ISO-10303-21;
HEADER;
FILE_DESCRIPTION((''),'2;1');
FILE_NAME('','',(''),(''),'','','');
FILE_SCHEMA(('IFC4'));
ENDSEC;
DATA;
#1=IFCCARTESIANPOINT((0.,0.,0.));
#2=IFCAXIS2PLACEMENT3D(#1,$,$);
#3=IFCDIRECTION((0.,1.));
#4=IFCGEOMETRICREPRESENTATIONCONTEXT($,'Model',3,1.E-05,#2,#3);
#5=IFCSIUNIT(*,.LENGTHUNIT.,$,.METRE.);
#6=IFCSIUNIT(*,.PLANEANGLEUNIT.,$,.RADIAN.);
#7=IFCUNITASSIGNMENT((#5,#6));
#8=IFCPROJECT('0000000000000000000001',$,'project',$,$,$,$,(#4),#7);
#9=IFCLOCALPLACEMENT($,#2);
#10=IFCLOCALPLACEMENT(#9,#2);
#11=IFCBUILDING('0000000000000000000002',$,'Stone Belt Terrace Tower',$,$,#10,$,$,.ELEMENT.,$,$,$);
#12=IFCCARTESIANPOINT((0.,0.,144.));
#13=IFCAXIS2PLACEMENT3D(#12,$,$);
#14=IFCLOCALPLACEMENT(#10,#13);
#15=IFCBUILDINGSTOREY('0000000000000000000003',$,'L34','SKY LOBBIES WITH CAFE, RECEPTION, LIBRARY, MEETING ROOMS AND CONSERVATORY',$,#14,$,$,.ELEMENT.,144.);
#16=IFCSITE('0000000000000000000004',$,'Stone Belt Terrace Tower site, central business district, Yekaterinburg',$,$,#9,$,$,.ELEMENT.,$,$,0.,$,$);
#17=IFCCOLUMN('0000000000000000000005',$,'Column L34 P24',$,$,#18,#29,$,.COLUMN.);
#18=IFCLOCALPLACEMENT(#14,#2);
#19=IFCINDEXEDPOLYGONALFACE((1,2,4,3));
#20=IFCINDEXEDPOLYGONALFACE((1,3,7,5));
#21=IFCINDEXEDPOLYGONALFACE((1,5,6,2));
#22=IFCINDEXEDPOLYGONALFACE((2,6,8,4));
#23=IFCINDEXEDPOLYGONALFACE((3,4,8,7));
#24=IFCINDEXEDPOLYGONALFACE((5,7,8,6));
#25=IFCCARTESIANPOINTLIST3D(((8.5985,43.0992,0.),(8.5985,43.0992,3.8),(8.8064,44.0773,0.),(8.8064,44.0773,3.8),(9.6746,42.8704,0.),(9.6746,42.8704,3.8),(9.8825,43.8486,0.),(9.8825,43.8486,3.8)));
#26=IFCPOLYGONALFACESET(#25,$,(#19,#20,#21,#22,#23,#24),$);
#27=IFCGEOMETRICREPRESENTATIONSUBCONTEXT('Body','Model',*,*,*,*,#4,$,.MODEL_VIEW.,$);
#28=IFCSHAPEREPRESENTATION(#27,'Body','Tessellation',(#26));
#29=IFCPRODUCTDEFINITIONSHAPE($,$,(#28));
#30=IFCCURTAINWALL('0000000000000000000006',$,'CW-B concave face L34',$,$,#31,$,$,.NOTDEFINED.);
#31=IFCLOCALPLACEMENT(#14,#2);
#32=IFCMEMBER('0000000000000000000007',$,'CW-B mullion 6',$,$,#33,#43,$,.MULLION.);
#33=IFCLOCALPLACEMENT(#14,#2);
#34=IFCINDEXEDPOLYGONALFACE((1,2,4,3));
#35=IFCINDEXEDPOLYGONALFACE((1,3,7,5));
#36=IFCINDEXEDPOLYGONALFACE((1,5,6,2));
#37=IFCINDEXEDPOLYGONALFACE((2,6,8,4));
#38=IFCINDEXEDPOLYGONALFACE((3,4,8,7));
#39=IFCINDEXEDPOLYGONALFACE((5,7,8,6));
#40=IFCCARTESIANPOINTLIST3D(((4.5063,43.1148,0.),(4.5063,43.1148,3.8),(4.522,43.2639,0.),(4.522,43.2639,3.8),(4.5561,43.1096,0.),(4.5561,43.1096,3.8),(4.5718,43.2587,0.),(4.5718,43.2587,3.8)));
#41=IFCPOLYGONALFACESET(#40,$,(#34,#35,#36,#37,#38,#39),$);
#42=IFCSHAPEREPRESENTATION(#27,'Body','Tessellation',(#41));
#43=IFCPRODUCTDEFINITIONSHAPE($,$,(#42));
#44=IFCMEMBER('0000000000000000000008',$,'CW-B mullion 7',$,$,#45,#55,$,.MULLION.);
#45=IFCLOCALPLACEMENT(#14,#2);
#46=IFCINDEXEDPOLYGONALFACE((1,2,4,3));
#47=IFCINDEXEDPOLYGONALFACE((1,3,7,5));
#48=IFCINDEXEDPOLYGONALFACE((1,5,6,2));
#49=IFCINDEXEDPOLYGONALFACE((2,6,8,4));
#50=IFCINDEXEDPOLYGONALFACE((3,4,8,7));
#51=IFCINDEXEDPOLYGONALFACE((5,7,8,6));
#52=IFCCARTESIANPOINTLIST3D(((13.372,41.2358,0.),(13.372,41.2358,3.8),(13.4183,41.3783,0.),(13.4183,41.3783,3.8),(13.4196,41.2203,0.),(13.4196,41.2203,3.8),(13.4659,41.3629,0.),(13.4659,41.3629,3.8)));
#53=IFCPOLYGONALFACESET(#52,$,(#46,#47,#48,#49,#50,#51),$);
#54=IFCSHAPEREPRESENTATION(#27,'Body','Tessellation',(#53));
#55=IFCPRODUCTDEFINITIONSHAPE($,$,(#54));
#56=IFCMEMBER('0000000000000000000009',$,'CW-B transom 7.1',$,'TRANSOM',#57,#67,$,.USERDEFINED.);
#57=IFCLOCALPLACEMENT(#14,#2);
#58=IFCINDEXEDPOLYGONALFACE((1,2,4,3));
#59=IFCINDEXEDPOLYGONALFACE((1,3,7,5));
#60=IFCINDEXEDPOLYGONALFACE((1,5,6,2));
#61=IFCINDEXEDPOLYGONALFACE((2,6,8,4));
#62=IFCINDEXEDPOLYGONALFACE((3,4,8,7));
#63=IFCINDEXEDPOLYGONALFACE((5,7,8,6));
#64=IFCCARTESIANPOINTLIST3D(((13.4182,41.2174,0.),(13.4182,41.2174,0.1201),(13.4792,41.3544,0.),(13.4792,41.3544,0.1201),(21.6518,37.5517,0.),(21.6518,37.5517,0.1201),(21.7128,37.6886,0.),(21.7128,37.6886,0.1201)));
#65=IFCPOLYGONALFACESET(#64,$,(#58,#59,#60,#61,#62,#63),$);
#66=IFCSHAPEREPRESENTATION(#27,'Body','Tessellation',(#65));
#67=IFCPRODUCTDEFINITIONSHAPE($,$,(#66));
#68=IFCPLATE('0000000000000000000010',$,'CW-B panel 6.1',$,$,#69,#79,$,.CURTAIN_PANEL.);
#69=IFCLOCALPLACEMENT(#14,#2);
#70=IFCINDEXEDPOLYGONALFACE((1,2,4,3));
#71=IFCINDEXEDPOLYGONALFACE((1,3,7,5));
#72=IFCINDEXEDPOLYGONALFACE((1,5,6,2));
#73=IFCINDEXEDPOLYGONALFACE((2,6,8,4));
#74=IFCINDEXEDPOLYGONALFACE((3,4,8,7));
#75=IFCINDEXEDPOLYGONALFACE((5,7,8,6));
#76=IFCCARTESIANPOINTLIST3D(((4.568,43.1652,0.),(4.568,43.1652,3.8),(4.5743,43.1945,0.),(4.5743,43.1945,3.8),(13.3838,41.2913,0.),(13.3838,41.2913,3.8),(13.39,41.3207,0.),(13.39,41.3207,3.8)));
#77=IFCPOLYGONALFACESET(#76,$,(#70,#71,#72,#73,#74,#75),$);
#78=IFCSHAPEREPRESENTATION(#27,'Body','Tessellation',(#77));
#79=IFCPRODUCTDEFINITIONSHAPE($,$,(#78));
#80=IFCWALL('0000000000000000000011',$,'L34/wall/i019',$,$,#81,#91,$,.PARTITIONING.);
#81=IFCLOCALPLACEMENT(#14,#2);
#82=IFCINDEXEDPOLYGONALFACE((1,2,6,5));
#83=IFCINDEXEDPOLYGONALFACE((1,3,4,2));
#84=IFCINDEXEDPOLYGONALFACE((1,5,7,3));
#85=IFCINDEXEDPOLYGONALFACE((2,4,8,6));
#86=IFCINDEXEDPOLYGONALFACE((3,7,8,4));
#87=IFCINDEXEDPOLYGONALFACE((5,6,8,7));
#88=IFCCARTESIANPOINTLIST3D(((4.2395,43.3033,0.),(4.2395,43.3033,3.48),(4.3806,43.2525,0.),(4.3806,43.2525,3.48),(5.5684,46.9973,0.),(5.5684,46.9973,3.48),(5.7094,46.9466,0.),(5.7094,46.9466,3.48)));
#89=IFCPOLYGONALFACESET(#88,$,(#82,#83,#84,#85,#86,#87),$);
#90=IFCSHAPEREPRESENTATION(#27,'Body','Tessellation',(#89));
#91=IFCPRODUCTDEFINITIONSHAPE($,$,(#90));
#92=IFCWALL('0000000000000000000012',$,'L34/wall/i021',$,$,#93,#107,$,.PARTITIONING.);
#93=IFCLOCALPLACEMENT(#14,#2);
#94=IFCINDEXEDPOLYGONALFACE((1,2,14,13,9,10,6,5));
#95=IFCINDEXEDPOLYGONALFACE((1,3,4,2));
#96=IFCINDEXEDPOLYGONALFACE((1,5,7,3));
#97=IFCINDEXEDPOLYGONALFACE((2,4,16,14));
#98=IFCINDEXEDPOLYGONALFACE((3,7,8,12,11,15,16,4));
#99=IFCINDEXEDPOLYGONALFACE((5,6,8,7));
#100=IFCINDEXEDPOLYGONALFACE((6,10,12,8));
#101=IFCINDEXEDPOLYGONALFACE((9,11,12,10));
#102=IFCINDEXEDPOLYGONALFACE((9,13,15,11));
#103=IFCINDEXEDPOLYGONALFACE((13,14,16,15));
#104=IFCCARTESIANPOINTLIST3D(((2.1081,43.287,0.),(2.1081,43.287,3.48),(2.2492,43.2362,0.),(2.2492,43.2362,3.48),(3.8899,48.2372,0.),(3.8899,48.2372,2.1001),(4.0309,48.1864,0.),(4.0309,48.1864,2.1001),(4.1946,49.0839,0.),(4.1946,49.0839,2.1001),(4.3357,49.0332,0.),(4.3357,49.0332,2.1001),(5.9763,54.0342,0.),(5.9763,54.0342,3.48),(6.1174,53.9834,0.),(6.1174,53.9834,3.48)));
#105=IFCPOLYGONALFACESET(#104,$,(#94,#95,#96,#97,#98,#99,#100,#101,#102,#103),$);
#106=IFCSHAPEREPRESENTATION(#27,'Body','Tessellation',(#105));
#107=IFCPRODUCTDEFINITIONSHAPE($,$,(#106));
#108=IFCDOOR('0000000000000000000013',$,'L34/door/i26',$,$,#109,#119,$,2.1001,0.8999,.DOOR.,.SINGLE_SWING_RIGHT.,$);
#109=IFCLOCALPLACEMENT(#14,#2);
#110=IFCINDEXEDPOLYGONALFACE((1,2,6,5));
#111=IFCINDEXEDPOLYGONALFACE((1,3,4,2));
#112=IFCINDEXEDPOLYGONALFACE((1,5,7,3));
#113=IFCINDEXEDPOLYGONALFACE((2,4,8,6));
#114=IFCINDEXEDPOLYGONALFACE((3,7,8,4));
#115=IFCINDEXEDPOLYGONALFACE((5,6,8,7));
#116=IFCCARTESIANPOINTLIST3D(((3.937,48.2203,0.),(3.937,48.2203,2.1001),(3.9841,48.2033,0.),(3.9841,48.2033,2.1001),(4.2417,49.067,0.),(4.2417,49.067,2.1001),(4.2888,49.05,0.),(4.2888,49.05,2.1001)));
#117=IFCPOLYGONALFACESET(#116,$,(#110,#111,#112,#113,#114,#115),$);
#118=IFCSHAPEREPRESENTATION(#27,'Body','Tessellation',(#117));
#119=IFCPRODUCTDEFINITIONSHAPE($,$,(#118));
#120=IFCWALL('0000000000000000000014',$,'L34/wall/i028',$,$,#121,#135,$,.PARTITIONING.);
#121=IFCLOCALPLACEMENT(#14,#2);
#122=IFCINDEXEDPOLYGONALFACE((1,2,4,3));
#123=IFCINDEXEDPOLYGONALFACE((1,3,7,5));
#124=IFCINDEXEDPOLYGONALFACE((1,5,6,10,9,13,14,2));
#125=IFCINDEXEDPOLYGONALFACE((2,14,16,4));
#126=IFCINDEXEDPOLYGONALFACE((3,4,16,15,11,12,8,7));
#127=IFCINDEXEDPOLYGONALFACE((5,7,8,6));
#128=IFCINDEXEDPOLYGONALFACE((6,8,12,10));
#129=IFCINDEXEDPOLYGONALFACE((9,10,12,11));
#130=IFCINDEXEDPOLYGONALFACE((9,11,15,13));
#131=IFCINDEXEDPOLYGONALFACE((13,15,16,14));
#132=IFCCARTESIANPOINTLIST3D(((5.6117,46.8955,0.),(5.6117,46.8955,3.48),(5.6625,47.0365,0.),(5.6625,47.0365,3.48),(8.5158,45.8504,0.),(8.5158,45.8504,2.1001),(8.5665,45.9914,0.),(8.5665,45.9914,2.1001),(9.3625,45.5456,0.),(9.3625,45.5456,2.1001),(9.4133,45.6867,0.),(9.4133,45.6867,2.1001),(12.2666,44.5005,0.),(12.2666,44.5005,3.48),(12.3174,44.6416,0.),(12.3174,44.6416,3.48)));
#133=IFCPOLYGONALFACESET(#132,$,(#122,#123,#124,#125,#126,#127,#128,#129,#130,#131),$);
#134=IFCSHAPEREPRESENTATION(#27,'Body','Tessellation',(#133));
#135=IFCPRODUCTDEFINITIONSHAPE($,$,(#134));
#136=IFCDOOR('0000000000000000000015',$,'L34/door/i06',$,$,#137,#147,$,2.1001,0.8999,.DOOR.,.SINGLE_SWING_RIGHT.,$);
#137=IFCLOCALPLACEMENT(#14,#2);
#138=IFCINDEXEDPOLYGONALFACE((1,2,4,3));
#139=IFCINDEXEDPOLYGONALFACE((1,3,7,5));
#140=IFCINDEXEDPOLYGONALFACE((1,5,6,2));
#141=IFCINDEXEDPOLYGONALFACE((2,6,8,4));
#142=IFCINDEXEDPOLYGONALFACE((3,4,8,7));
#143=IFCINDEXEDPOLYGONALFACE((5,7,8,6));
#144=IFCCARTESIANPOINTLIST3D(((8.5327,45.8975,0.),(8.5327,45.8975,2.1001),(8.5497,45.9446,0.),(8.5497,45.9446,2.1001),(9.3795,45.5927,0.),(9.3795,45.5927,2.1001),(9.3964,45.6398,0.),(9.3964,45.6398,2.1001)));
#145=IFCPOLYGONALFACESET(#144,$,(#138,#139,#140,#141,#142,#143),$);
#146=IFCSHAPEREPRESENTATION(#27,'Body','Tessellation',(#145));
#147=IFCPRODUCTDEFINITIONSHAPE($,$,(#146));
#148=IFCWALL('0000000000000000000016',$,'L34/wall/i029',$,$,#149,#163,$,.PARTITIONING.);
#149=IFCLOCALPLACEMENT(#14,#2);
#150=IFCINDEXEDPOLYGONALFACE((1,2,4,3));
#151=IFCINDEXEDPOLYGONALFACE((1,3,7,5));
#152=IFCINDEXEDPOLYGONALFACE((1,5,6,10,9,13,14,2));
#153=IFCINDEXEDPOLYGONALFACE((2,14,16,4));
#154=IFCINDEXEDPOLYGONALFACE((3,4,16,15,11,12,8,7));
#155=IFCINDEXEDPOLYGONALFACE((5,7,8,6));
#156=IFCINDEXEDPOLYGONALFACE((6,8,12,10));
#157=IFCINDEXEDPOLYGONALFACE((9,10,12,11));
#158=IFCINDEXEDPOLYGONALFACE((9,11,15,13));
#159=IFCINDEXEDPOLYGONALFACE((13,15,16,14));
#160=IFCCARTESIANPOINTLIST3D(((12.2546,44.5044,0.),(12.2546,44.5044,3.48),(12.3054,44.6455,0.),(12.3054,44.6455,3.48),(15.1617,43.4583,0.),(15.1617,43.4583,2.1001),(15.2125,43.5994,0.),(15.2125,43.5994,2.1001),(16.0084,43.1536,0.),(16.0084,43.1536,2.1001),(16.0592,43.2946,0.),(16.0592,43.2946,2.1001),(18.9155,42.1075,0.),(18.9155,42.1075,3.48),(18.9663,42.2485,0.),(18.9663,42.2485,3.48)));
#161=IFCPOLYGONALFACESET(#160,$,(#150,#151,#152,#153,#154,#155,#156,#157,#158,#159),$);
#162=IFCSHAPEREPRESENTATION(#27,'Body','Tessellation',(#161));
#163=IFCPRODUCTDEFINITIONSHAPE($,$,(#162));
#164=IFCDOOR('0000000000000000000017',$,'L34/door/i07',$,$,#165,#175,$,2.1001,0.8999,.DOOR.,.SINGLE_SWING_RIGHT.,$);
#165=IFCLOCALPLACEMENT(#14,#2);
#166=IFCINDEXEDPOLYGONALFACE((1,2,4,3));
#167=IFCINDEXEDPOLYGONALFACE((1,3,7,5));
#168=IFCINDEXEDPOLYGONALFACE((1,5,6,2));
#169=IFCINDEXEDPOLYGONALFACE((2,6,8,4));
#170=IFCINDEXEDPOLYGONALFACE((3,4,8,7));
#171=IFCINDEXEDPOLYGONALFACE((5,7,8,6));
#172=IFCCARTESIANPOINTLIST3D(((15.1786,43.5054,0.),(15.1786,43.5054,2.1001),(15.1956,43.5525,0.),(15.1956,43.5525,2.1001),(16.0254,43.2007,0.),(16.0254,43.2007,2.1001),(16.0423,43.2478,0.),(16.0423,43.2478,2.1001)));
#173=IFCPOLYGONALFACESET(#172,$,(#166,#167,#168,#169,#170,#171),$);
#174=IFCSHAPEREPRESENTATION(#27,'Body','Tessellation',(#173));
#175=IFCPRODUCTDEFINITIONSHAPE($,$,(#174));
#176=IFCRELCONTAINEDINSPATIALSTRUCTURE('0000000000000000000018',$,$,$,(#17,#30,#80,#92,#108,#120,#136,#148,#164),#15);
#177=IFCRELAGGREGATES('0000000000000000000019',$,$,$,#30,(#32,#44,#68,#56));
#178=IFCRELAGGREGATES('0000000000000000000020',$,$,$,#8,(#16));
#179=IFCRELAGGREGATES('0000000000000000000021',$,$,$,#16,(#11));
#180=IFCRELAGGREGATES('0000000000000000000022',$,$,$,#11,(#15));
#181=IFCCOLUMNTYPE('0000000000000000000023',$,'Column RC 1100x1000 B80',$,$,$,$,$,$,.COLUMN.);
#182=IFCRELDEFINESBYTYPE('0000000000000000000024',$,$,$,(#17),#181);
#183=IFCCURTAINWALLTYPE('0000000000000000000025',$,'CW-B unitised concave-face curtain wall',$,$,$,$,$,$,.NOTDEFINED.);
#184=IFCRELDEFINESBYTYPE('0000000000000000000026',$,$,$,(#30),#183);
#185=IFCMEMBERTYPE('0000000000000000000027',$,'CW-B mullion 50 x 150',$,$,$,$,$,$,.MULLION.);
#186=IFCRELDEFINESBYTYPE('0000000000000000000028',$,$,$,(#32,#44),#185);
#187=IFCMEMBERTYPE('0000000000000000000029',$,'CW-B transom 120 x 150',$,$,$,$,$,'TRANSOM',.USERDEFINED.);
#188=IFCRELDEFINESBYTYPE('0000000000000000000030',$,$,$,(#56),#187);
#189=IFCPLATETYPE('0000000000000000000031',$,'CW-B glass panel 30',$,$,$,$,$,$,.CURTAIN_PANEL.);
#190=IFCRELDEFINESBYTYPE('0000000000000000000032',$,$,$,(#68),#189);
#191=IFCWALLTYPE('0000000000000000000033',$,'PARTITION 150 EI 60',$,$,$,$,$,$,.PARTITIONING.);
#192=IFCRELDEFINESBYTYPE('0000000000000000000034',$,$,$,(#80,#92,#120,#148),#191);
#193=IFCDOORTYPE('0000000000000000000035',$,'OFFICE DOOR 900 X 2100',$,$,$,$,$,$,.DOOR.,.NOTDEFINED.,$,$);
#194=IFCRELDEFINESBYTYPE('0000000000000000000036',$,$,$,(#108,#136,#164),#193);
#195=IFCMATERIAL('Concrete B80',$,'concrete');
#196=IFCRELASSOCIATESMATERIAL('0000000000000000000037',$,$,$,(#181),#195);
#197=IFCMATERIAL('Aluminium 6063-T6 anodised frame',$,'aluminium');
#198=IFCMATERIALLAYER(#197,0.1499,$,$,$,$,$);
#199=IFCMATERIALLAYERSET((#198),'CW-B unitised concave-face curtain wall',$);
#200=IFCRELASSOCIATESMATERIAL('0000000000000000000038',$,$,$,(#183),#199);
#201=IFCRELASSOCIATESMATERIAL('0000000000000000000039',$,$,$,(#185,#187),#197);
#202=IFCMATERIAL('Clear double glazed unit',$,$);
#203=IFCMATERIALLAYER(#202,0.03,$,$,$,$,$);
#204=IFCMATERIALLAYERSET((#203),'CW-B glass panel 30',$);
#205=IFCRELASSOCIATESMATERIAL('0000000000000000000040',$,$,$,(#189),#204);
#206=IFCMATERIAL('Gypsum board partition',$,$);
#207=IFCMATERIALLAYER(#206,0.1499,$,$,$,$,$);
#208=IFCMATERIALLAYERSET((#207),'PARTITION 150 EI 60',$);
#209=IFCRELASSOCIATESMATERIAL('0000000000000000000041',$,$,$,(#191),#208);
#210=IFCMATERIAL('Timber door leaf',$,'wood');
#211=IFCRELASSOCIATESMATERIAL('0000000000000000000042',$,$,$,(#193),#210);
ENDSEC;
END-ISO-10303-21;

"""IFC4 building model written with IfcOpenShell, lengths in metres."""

from ifc_helpers import new_model, si_unit, direction, frame, frame_2d, origin, origin_2d, place, context, subcontext, project, spatial, rectangle, extrude, material, layer, layer_set, material_profile, profile_set, type_object, element, fill, aggregate, save


model = new_model("IFC4")

# Units and contexts
model_context = context("Model", 3, precision=1e-05, world=origin(), true_north=direction((0.0, 1.0)))
body_context = subcontext(model_context, "Body", "Model", "MODEL_VIEW")
ifc_project = project(units=[si_unit("LENGTHUNIT", "METRE"), si_unit("PLANEANGLEUNIT", "RADIAN")], contexts=[model_context])

# Site, building, storey
site_placement = place(None, origin())
site = spatial("IfcSite", under=ifc_project, at=site_placement, Name="Stone Belt Terrace Tower site, central business district, Yekaterinburg", CompositionType="ELEMENT", RefElevation=0.0)
building_placement = place(site_placement, origin())
building = spatial("IfcBuilding", under=site, at=building_placement, Name="Stone Belt Terrace Tower", CompositionType="ELEMENT")
storey_placement = place(building_placement, frame((0.0, 0.0, 144.0)))
storey = spatial("IfcBuildingStorey", under=building, at=storey_placement, Name="L34", Description="SKY LOBBIES WITH CAFE, RECEPTION, LIBRARY, MEETING ROOMS AND CONSERVATORY", CompositionType="ELEMENT", Elevation=144.0)

# Column
ifc_material_1 = material(Name="Concrete B80", Category="concrete")
ifc_material_profile_1 = material_profile(ifc_material_1, rectangle(XDim=1.1001, YDim=1.0, at=origin_2d()), Name="RC 1100x1000")
ifc_profile_set_1 = profile_set([ifc_material_profile_1], Name="Concrete B80")
column_type = type_object("IfcColumnType", Name="Column RC 1100x1000 B80", PredefinedType="COLUMN", material=ifc_profile_set_1)
column_placement = place(storey_placement, frame((9.2405, 43.4739, 0.0), z_axis=(0.0, 0.0, 1.0), x_axis=(0.978148, -0.207912, 0.0)))
element("IfcColumn", 1, at=column_placement, inside=storey, type_object=column_type, Name="Column L34 P24", PredefinedType="COLUMN", context=body_context, shape_type="SweptSolid", body=[
    extrude(rectangle(XDim=1.1001, YDim=1.0, at=origin_2d()), origin(), (0.0, 0.0, 1.0), 3.8),
])

# Curtain wall, members, plate
ifc_material_2 = material(Name="Aluminium 6063-T6 anodised frame", Category="aluminium")
ifc_layer_1 = layer(ifc_material_2, 0.1499)
ifc_layer_set_1 = layer_set([ifc_layer_1], Name="CW-B unitised concave-face curtain wall")
curtain_wall_type = type_object("IfcCurtainWallType", Name="CW-B unitised concave-face curtain wall", PredefinedType="NOTDEFINED", material=ifc_layer_set_1)
curtain_wall_placement = place(storey_placement, origin())
curtain_wall = element("IfcCurtainWall", 2, at=curtain_wall_placement, inside=storey, type_object=curtain_wall_type, Name="CW-B concave face L34", PredefinedType="NOTDEFINED")
ifc_material_profile_2 = material_profile(ifc_material_2, rectangle(XDim=0.1499, YDim=0.05, at=origin_2d()), Name="Aluminium 6063-T6 50x150")
ifc_profile_set_2 = profile_set([ifc_material_profile_2], Name="Aluminium 6063-T6 anodised frame")
member_type_1 = type_object("IfcMemberType", Name="CW-B mullion 50 x 150", PredefinedType="MULLION", material=ifc_profile_set_2)
member_1_placement = place(storey_placement, frame((4.5391, 43.1868, 0.0), z_axis=(0.0, 0.0, 1.0), x_axis=(0.104528, 0.994522, 0.0)))
member_1 = element("IfcMember", 3, at=member_1_placement, type_object=member_type_1, Name="CW-B mullion 6", PredefinedType="MULLION", context=body_context, shape_type="SweptSolid", body=[
    extrude(rectangle(XDim=0.1499, YDim=0.05, at=origin_2d()), origin(), (0.0, 0.0, 1.0), 3.8),
])
member_2_placement = place(storey_placement, frame((13.4189, 41.2993, 0.0), z_axis=(0.0, 0.0, 1.0), x_axis=(0.309017, 0.951057, 0.0)))
member_2 = element("IfcMember", 4, at=member_2_placement, type_object=member_type_1, Name="CW-B mullion 7", PredefinedType="MULLION", context=body_context, shape_type="SweptSolid", body=[
    extrude(rectangle(XDim=0.1499, YDim=0.05, at=origin_2d()), origin(), (0.0, 0.0, 1.0), 3.8),
])
ifc_material_profile_3 = material_profile(ifc_material_2, rectangle(XDim=0.1499, YDim=0.1201, at=origin_2d()), Name="Aluminium 6063-T6 150x120")
ifc_profile_set_3 = profile_set([ifc_material_profile_3], Name="Aluminium 6063-T6 anodised frame")
member_type_2 = type_object("IfcMemberType", Name="CW-B transom 120 x 150", ElementType="TRANSOM", PredefinedType="USERDEFINED", material=ifc_profile_set_3)
member_3_placement = place(storey_placement, frame((13.4487, 41.2859, 0.0601), z_axis=(0.913549, -0.406729, 0.0), x_axis=(0.406729, 0.913549, 0.0)))
member_3 = element("IfcMember", 5, at=member_3_placement, type_object=member_type_2, Name="CW-B transom 7.1", ObjectType="TRANSOM", PredefinedType="USERDEFINED", context=body_context, shape_type="SweptSolid", body=[
    extrude(rectangle(XDim=0.1499, YDim=0.1201, at=origin_2d()), origin(), (0.0, 0.0, 1.0), 9.0127),
])
ifc_material_3 = material(Name="Clear double glazed unit")
ifc_layer_2 = layer(ifc_material_3, 0.03)
ifc_layer_set_2 = layer_set([ifc_layer_2], Name="CW-B glass panel 30")
plate_type = type_object("IfcPlateType", Name="CW-B glass panel 30", PredefinedType="CURTAIN_PANEL", material=ifc_layer_set_2)
plate_placement = place(storey_placement, frame((8.979, 42.2429, 0.0), z_axis=(0.0, 0.0, 1.0), x_axis=(0.978148, -0.207912, 0.0)))
plate = element("IfcPlate", 6, at=plate_placement, type_object=plate_type, Name="CW-B panel 6.1", PredefinedType="CURTAIN_PANEL", context=body_context, shape_type="SweptSolid", body=[
    extrude(rectangle(XDim=9.0127, YDim=0.03, at=origin_2d()), origin(), (0.0, 0.0, 1.0), 3.8),
])
aggregate(curtain_wall, [member_1, member_2, plate, member_3])

# Wall
ifc_material_4 = material(Name="Gypsum board partition")
ifc_layer_3 = layer(ifc_material_4, 0.1499)
ifc_layer_set_3 = layer_set([ifc_layer_3], Name="PARTITION 150 EI 60")
wall_type_1 = type_object("IfcWallType", Name="PARTITION 150 EI 60", PredefinedType="PARTITIONING", material=ifc_layer_set_3)
wall_1_placement = place(storey_placement, frame((5.6389, 46.9719, 0.0), z_axis=(0.0, 0.0, 1.0), x_axis=(-0.33849, -0.94097, 0.0)))
element("IfcWall", 7, at=wall_1_placement, inside=storey, type_object=wall_type_1, Name="L34/wall/i019", PredefinedType="PARTITIONING", context=body_context, shape_type="SweptSolid", body=[
    extrude(rectangle(XDim=3.9258, YDim=0.1499, at=frame_2d((1.9629, 0.0))), origin(), (0.0, 0.0, 1.0), 3.48),
])

# Walls, openings, doors
wall_2_placement = place(storey_placement, frame((2.1787, 43.2617, 0.0), z_axis=(0.0, 0.0, 1.0), x_axis=(0.338659, 0.940909, 0.0)))
wall_2 = element("IfcWall", 8, at=wall_2_placement, inside=storey, type_object=wall_type_1, Name="L34/wall/i021", PredefinedType="PARTITIONING", context=body_context, shape_type="SweptSolid", body=[
    extrude(rectangle(XDim=11.4221, YDim=0.1499, at=frame_2d((5.7109, 0.0))), origin(), (0.0, 0.0, 1.0), 3.48),
])
opening_1_placement = place(wall_2_placement, frame((5.261, 0.0, 0.0)))
opening_1 = element("IfcOpeningElement", 9, at=opening_1_placement, cuts=wall_2, PredefinedType="OPENING", context=body_context, shape_type="SweptSolid", body=[
    extrude(rectangle(XDim=0.8999, YDim=2.1001, at=frame_2d((0.45, 1.05))), frame((0.0, 0.085, 0.0), z_axis=(0.0, -1.0, 0.0), x_axis=(1.0, 0.0, 0.0)), (0.0, 0.0, 1.0), 0.1699),
])
ifc_material_5 = material(Name="Timber door leaf", Category="wood")
door_type_1 = type_object("IfcDoorType", Name="OFFICE DOOR 900 X 2100", OperationType="NOTDEFINED", PredefinedType="DOOR", material=ifc_material_5)
door_1_placement = place(opening_1_placement, origin())
door_1 = element("IfcDoor", 10, at=door_1_placement, inside=storey, type_object=door_type_1, Name="L34/door/i26", OperationType="SINGLE_SWING_RIGHT", OverallHeight=2.1001, OverallWidth=0.8999, PredefinedType="DOOR", context=body_context, shape_type="SweptSolid", body=[
    extrude(rectangle(XDim=0.8999, YDim=2.1001, at=frame_2d((0.45, 1.05))), frame((0.0, 0.0249, 0.0), z_axis=(0.0, -1.0, 0.0), x_axis=(1.0, 0.0, 0.0)), (0.0, 0.0, 1.0), 0.05),
])
fill(opening_1, door_1)
wall_3_placement = place(storey_placement, frame((12.292, 44.571, 0.0), z_axis=(0.0, 0.0, 1.0), x_axis=(-0.940923, 0.33862, 0.0)))
wall_3 = element("IfcWall", 11, at=wall_3_placement, inside=storey, type_object=wall_type_1, Name="L34/wall/i028", PredefinedType="PARTITIONING", context=body_context, shape_type="SweptSolid", body=[
    extrude(rectangle(XDim=7.0728, YDim=0.1499, at=frame_2d((3.5364, 0.0))), origin(), (0.0, 0.0, 1.0), 3.48),
])
opening_2_placement = place(wall_3_placement, frame((3.0864, 0.0, 0.0)))
opening_2 = element("IfcOpeningElement", 12, at=opening_2_placement, cuts=wall_3, PredefinedType="OPENING", context=body_context, shape_type="SweptSolid", body=[
    extrude(rectangle(XDim=0.8999, YDim=2.1001, at=frame_2d((0.45, 1.05))), frame((0.0, 0.085, 0.0), z_axis=(0.0, -1.0, 0.0), x_axis=(1.0, 0.0, 0.0)), (0.0, 0.0, 1.0), 0.1699),
])
door_2_placement = place(opening_2_placement, origin())
door_2 = element("IfcDoor", 13, at=door_2_placement, inside=storey, type_object=door_type_1, Name="L34/door/i06", OperationType="SINGLE_SWING_RIGHT", OverallHeight=2.1001, OverallWidth=0.8999, PredefinedType="DOOR", context=body_context, shape_type="SweptSolid", body=[
    extrude(rectangle(XDim=0.8999, YDim=2.1001, at=frame_2d((0.45, 1.05))), frame((0.0, 0.0249, 0.0), z_axis=(0.0, -1.0, 0.0), x_axis=(1.0, 0.0, 0.0)), (0.0, 0.0, 1.0), 0.05),
])
fill(opening_2, door_2)
wall_4_placement = place(storey_placement, frame((18.9409, 42.178, 0.0), z_axis=(0.0, 0.0, 1.0), x_axis=(-0.94093, 0.338601, 0.0)))
wall_4 = element("IfcWall", 14, at=wall_4_placement, inside=storey, type_object=wall_type_1, Name="L34/wall/i029", PredefinedType="PARTITIONING", context=body_context, shape_type="SweptSolid", body=[
    extrude(rectangle(XDim=7.0791, YDim=0.1499, at=frame_2d((3.5396, 0.0))), origin(), (0.0, 0.0, 1.0), 3.48),
])
opening_3_placement = place(wall_4_placement, frame((3.0896, 0.0, 0.0)))
opening_3 = element("IfcOpeningElement", 15, at=opening_3_placement, cuts=wall_4, PredefinedType="OPENING", context=body_context, shape_type="SweptSolid", body=[
    extrude(rectangle(XDim=0.8999, YDim=2.1001, at=frame_2d((0.45, 1.05))), frame((0.0, 0.085, 0.0), z_axis=(0.0, -1.0, 0.0), x_axis=(1.0, 0.0, 0.0)), (0.0, 0.0, 1.0), 0.1699),
])
door_3_placement = place(opening_3_placement, origin())
door_3 = element("IfcDoor", 16, at=door_3_placement, inside=storey, type_object=door_type_1, Name="L34/door/i07", OperationType="SINGLE_SWING_RIGHT", OverallHeight=2.1001, OverallWidth=0.8999, PredefinedType="DOOR", context=body_context, shape_type="SweptSolid", body=[
    extrude(rectangle(XDim=0.8999, YDim=2.1001, at=frame_2d((0.45, 1.05))), frame((0.0, 0.0249, 0.0), z_axis=(0.0, -1.0, 0.0), x_axis=(1.0, 0.0, 0.0)), (0.0, 0.0, 1.0), 0.05),
])
fill(opening_3, door_3)

save(model, "model.ifc")
